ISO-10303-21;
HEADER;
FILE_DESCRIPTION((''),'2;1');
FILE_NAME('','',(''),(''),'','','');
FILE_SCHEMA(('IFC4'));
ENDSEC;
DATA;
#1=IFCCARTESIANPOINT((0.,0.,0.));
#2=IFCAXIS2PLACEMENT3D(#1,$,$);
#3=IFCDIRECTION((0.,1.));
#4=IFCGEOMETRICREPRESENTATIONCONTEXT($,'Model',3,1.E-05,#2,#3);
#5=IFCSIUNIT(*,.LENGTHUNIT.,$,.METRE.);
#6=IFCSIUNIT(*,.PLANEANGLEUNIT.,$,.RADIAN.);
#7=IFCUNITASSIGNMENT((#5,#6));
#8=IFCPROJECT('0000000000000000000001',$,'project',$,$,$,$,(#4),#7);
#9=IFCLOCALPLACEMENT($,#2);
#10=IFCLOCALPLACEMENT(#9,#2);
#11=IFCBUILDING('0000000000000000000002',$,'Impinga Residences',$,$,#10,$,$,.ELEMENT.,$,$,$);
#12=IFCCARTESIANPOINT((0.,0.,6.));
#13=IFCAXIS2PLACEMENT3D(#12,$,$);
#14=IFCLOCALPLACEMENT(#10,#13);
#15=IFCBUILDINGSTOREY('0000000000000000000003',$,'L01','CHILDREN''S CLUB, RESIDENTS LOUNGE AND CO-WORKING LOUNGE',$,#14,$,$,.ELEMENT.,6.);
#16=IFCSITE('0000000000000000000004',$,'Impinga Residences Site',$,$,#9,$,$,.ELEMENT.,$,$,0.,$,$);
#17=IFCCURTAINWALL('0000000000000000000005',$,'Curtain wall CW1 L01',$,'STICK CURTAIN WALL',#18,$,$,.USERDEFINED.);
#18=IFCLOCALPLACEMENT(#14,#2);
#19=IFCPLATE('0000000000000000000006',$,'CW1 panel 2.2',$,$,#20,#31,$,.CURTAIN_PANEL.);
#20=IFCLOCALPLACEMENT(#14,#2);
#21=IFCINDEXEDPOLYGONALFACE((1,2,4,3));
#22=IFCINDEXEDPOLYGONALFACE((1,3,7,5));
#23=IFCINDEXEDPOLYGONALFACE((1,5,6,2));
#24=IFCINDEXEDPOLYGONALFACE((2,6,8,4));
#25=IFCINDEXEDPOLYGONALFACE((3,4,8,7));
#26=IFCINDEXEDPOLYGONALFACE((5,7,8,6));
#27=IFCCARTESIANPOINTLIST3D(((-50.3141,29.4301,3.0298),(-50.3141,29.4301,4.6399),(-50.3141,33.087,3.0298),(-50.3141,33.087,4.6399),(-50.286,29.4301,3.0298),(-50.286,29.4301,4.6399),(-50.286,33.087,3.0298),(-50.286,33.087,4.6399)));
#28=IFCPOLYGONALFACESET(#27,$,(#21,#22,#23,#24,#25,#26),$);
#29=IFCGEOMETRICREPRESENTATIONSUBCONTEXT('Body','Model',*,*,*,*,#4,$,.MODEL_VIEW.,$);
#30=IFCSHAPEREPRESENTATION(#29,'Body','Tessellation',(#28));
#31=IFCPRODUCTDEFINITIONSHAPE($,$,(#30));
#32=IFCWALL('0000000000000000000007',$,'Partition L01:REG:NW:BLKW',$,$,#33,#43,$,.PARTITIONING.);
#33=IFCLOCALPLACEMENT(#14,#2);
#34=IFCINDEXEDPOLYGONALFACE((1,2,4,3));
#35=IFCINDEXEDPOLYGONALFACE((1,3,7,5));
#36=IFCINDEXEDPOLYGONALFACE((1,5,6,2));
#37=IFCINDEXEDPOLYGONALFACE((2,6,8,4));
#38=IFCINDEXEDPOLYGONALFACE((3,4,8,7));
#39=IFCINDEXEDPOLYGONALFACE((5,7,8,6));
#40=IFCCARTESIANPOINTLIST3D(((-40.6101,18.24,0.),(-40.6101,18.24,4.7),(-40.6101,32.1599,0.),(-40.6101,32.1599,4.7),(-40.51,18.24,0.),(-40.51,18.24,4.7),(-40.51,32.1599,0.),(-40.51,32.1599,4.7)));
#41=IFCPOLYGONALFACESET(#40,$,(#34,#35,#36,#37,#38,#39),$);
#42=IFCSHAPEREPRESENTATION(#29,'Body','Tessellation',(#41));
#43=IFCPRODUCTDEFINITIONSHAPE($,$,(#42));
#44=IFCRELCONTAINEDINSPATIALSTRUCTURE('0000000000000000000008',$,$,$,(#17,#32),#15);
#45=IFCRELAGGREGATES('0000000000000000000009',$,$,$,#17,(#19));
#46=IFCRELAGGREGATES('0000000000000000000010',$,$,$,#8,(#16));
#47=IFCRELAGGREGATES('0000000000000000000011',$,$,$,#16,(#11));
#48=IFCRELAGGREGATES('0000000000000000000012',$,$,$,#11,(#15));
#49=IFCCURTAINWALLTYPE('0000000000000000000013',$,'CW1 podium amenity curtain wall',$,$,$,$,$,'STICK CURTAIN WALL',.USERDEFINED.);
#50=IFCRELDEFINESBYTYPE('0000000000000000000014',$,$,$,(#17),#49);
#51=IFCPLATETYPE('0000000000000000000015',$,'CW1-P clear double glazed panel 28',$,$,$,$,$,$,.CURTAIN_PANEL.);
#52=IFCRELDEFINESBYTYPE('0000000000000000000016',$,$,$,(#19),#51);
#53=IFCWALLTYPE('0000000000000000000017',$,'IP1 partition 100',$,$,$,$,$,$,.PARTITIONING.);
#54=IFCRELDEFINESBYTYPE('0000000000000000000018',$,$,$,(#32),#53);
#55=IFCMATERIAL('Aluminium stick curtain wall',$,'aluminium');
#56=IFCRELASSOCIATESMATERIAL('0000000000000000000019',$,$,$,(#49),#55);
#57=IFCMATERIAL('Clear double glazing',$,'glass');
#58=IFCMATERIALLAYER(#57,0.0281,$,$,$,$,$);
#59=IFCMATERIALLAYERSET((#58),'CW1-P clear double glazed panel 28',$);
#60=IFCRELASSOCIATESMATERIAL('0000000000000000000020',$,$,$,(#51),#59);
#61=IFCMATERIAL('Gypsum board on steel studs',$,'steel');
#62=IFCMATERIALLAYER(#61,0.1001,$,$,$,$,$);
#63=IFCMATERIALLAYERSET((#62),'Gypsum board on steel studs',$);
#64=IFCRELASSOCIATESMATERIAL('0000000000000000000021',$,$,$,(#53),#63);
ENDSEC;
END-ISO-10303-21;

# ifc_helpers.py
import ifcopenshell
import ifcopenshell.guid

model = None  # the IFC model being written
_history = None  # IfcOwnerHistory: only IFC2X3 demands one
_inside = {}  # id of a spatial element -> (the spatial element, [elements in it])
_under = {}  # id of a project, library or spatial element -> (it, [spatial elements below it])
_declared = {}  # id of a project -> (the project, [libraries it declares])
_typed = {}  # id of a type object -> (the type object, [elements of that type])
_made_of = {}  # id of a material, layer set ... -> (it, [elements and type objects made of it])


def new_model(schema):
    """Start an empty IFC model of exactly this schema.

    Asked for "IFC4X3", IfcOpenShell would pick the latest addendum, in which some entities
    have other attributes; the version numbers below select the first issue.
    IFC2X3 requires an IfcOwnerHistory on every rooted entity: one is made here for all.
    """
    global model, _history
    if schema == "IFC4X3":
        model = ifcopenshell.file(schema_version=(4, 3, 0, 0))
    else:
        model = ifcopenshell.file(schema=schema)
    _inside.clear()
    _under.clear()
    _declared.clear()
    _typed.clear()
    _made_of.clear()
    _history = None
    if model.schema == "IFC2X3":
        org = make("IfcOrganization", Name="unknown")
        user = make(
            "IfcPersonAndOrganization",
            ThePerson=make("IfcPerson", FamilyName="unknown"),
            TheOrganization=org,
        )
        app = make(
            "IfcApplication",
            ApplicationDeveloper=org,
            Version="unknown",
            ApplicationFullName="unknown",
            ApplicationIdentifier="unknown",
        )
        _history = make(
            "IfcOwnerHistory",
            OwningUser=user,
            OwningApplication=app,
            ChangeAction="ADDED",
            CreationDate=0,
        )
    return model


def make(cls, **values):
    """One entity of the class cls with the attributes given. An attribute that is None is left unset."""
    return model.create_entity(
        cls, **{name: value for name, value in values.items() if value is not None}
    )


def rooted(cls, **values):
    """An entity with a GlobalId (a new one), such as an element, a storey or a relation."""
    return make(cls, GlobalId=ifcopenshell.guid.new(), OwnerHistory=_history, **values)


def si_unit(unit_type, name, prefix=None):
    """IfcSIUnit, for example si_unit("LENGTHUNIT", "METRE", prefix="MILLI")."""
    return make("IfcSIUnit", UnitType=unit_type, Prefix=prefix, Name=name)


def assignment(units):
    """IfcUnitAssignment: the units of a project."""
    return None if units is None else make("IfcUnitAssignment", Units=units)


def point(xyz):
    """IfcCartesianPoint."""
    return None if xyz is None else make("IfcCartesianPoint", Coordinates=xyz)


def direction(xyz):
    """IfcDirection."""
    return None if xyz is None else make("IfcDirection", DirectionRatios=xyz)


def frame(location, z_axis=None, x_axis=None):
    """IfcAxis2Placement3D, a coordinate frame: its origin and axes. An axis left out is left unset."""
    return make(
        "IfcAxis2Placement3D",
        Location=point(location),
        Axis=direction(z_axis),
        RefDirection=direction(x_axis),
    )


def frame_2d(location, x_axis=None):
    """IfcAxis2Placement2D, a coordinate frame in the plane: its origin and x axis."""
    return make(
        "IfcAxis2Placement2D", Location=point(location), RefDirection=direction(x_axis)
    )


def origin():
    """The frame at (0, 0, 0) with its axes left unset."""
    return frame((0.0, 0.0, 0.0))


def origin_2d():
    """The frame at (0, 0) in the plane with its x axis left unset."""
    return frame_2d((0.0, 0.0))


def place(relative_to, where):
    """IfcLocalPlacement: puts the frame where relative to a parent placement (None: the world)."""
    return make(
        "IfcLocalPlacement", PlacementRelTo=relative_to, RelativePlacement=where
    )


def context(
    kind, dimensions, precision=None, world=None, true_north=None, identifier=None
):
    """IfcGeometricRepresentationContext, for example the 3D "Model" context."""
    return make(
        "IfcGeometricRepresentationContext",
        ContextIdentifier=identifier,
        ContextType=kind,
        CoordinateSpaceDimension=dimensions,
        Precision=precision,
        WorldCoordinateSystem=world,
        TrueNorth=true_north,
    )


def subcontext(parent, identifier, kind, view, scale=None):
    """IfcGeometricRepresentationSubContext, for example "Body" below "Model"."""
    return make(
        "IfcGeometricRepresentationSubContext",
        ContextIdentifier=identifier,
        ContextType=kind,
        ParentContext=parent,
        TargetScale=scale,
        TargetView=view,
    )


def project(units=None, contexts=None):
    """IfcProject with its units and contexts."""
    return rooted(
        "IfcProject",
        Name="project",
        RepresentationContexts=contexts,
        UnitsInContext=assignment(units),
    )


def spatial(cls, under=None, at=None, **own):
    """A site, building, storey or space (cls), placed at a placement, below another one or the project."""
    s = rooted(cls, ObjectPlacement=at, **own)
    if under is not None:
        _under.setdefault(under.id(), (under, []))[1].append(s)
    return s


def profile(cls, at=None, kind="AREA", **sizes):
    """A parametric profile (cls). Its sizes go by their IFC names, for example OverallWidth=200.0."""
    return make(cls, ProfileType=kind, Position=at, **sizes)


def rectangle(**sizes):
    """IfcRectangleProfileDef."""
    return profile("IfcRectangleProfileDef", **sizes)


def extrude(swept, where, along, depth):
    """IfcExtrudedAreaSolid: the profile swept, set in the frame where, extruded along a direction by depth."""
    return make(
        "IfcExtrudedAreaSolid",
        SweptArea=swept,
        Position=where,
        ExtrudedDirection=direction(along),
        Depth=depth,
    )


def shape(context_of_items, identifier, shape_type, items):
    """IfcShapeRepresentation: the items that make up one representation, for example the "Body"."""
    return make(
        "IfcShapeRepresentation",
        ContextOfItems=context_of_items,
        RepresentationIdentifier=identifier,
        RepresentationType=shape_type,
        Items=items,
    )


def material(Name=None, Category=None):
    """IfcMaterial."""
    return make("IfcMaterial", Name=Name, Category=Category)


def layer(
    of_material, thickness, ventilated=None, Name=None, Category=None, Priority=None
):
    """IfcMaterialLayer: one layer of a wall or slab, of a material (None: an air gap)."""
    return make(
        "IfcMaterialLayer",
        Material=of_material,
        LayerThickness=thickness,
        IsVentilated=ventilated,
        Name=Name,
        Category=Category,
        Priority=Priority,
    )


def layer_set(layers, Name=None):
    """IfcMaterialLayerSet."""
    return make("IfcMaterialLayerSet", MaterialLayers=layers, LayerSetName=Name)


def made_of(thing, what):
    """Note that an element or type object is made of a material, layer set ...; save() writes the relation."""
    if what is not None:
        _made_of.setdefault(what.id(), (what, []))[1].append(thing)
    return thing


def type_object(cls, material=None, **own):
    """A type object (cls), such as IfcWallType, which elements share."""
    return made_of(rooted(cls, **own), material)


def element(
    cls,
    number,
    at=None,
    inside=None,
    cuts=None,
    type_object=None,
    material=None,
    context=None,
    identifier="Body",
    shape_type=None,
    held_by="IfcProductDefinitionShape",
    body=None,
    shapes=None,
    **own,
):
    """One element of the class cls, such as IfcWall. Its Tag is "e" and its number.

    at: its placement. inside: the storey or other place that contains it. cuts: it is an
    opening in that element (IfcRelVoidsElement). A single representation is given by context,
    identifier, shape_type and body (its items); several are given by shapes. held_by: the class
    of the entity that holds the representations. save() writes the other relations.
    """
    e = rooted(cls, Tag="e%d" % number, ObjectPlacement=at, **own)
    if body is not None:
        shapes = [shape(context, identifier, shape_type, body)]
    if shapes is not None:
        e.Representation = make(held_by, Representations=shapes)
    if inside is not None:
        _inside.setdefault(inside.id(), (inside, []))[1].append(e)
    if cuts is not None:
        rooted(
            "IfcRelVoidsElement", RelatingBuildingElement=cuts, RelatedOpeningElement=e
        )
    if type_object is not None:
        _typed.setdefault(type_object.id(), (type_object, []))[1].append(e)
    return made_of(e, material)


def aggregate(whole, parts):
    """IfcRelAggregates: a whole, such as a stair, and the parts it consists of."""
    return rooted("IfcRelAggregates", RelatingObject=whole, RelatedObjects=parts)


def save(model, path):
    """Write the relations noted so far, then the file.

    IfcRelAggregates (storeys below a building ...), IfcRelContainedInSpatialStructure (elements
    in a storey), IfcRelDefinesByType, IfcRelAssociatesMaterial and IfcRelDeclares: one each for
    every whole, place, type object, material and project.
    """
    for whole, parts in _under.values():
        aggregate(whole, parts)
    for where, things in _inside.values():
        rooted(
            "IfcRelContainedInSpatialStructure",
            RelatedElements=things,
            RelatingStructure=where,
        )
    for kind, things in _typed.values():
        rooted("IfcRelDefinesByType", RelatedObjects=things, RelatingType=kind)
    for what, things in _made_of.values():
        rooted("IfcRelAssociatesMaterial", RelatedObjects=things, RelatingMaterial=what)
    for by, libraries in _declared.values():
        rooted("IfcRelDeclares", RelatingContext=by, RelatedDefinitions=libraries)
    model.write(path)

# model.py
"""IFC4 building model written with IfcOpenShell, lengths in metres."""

from ifc_helpers import new_model, si_unit, direction, frame, frame_2d, origin, origin_2d, place, context, subcontext, project, spatial, rectangle, extrude, material, layer, layer_set, type_object, element, aggregate, save


model = new_model("IFC4")

# Units and contexts
model_context = context("Model", 3, precision=1e-05, world=origin(), true_north=direction((0.0, 1.0)))
body_context = subcontext(model_context, "Body", "Model", "MODEL_VIEW")
ifc_project = project(units=[si_unit("LENGTHUNIT", "METRE"), si_unit("PLANEANGLEUNIT", "RADIAN")], contexts=[model_context])

# Site, building, storey
site_placement = place(None, origin())
site = spatial("IfcSite", under=ifc_project, at=site_placement, Name="Impinga Residences Site", CompositionType="ELEMENT", RefElevation=0.0)
building_placement = place(site_placement, origin())
building = spatial("IfcBuilding", under=site, at=building_placement, Name="Impinga Residences", CompositionType="ELEMENT")
storey_placement = place(building_placement, frame((0.0, 0.0, 6.0)))
storey = spatial("IfcBuildingStorey", under=building, at=storey_placement, Name="L01", Description="CHILDREN'S CLUB, RESIDENTS LOUNGE AND CO-WORKING LOUNGE", CompositionType="ELEMENT", Elevation=6.0)

# Curtain wall
ifc_material_1 = material(Name="Aluminium stick curtain wall", Category="aluminium")
curtain_wall_type = type_object("IfcCurtainWallType", Name="CW1 podium amenity curtain wall", ElementType="STICK CURTAIN WALL", PredefinedType="USERDEFINED", material=ifc_material_1)
curtain_wall_1_placement = place(storey_placement, origin())
curtain_wall_1 = element("IfcCurtainWall", 1, at=curtain_wall_1_placement, inside=storey, type_object=curtain_wall_type, Name="Curtain wall CW1 L01", ObjectType="STICK CURTAIN WALL", PredefinedType="USERDEFINED")

# Plate
ifc_material_2 = material(Name="Clear double glazing", Category="glass")
ifc_layer_1 = layer(ifc_material_2, 0.0281)
ifc_layer_set_1 = layer_set([ifc_layer_1], Name="CW1-P clear double glazed panel 28")
plate_type = type_object("IfcPlateType", Name="CW1-P clear double glazed panel 28", PredefinedType="CURTAIN_PANEL", material=ifc_layer_set_1)
plate_1_placement = place(storey_placement, frame((-50.3, 31.2585, 3.0298), z_axis=(0.0, 0.0, 1.0), x_axis=(0.0, 1.0, 0.0)))
plate_1 = element("IfcPlate", 2, at=plate_1_placement, type_object=plate_type, Name="CW1 panel 2.2", PredefinedType="CURTAIN_PANEL", context=body_context, shape_type="SweptSolid", body=[
    extrude(rectangle(XDim=3.657, YDim=0.0281, at=origin_2d()), origin(), (0.0, 0.0, 1.0), 1.6101),
])
aggregate(curtain_wall_1, [plate_1])

# Wall
ifc_material_3 = material(Name="Gypsum board on steel studs", Category="steel")
ifc_layer_2 = layer(ifc_material_3, 0.1001)
ifc_layer_set_2 = layer_set([ifc_layer_2], Name="Gypsum board on steel studs")
wall_type = type_object("IfcWallType", Name="IP1 partition 100", PredefinedType="PARTITIONING", material=ifc_layer_set_2)
wall_placement = place(storey_placement, frame((-40.5601, 32.1599, 0.0), z_axis=(0.0, 0.0, 1.0), x_axis=(0.0, -1.0, 0.0)))
element("IfcWall", 3, at=wall_placement, inside=storey, type_object=wall_type, Name="Partition L01:REG:NW:BLKW", PredefinedType="PARTITIONING", context=body_context, shape_type="SweptSolid", body=[
    extrude(rectangle(XDim=13.9199, YDim=0.1001, at=frame_2d((6.96, 0.0))), origin(), (0.0, 0.0, 1.0), 4.7),
])

save(model, "model.ifc")
